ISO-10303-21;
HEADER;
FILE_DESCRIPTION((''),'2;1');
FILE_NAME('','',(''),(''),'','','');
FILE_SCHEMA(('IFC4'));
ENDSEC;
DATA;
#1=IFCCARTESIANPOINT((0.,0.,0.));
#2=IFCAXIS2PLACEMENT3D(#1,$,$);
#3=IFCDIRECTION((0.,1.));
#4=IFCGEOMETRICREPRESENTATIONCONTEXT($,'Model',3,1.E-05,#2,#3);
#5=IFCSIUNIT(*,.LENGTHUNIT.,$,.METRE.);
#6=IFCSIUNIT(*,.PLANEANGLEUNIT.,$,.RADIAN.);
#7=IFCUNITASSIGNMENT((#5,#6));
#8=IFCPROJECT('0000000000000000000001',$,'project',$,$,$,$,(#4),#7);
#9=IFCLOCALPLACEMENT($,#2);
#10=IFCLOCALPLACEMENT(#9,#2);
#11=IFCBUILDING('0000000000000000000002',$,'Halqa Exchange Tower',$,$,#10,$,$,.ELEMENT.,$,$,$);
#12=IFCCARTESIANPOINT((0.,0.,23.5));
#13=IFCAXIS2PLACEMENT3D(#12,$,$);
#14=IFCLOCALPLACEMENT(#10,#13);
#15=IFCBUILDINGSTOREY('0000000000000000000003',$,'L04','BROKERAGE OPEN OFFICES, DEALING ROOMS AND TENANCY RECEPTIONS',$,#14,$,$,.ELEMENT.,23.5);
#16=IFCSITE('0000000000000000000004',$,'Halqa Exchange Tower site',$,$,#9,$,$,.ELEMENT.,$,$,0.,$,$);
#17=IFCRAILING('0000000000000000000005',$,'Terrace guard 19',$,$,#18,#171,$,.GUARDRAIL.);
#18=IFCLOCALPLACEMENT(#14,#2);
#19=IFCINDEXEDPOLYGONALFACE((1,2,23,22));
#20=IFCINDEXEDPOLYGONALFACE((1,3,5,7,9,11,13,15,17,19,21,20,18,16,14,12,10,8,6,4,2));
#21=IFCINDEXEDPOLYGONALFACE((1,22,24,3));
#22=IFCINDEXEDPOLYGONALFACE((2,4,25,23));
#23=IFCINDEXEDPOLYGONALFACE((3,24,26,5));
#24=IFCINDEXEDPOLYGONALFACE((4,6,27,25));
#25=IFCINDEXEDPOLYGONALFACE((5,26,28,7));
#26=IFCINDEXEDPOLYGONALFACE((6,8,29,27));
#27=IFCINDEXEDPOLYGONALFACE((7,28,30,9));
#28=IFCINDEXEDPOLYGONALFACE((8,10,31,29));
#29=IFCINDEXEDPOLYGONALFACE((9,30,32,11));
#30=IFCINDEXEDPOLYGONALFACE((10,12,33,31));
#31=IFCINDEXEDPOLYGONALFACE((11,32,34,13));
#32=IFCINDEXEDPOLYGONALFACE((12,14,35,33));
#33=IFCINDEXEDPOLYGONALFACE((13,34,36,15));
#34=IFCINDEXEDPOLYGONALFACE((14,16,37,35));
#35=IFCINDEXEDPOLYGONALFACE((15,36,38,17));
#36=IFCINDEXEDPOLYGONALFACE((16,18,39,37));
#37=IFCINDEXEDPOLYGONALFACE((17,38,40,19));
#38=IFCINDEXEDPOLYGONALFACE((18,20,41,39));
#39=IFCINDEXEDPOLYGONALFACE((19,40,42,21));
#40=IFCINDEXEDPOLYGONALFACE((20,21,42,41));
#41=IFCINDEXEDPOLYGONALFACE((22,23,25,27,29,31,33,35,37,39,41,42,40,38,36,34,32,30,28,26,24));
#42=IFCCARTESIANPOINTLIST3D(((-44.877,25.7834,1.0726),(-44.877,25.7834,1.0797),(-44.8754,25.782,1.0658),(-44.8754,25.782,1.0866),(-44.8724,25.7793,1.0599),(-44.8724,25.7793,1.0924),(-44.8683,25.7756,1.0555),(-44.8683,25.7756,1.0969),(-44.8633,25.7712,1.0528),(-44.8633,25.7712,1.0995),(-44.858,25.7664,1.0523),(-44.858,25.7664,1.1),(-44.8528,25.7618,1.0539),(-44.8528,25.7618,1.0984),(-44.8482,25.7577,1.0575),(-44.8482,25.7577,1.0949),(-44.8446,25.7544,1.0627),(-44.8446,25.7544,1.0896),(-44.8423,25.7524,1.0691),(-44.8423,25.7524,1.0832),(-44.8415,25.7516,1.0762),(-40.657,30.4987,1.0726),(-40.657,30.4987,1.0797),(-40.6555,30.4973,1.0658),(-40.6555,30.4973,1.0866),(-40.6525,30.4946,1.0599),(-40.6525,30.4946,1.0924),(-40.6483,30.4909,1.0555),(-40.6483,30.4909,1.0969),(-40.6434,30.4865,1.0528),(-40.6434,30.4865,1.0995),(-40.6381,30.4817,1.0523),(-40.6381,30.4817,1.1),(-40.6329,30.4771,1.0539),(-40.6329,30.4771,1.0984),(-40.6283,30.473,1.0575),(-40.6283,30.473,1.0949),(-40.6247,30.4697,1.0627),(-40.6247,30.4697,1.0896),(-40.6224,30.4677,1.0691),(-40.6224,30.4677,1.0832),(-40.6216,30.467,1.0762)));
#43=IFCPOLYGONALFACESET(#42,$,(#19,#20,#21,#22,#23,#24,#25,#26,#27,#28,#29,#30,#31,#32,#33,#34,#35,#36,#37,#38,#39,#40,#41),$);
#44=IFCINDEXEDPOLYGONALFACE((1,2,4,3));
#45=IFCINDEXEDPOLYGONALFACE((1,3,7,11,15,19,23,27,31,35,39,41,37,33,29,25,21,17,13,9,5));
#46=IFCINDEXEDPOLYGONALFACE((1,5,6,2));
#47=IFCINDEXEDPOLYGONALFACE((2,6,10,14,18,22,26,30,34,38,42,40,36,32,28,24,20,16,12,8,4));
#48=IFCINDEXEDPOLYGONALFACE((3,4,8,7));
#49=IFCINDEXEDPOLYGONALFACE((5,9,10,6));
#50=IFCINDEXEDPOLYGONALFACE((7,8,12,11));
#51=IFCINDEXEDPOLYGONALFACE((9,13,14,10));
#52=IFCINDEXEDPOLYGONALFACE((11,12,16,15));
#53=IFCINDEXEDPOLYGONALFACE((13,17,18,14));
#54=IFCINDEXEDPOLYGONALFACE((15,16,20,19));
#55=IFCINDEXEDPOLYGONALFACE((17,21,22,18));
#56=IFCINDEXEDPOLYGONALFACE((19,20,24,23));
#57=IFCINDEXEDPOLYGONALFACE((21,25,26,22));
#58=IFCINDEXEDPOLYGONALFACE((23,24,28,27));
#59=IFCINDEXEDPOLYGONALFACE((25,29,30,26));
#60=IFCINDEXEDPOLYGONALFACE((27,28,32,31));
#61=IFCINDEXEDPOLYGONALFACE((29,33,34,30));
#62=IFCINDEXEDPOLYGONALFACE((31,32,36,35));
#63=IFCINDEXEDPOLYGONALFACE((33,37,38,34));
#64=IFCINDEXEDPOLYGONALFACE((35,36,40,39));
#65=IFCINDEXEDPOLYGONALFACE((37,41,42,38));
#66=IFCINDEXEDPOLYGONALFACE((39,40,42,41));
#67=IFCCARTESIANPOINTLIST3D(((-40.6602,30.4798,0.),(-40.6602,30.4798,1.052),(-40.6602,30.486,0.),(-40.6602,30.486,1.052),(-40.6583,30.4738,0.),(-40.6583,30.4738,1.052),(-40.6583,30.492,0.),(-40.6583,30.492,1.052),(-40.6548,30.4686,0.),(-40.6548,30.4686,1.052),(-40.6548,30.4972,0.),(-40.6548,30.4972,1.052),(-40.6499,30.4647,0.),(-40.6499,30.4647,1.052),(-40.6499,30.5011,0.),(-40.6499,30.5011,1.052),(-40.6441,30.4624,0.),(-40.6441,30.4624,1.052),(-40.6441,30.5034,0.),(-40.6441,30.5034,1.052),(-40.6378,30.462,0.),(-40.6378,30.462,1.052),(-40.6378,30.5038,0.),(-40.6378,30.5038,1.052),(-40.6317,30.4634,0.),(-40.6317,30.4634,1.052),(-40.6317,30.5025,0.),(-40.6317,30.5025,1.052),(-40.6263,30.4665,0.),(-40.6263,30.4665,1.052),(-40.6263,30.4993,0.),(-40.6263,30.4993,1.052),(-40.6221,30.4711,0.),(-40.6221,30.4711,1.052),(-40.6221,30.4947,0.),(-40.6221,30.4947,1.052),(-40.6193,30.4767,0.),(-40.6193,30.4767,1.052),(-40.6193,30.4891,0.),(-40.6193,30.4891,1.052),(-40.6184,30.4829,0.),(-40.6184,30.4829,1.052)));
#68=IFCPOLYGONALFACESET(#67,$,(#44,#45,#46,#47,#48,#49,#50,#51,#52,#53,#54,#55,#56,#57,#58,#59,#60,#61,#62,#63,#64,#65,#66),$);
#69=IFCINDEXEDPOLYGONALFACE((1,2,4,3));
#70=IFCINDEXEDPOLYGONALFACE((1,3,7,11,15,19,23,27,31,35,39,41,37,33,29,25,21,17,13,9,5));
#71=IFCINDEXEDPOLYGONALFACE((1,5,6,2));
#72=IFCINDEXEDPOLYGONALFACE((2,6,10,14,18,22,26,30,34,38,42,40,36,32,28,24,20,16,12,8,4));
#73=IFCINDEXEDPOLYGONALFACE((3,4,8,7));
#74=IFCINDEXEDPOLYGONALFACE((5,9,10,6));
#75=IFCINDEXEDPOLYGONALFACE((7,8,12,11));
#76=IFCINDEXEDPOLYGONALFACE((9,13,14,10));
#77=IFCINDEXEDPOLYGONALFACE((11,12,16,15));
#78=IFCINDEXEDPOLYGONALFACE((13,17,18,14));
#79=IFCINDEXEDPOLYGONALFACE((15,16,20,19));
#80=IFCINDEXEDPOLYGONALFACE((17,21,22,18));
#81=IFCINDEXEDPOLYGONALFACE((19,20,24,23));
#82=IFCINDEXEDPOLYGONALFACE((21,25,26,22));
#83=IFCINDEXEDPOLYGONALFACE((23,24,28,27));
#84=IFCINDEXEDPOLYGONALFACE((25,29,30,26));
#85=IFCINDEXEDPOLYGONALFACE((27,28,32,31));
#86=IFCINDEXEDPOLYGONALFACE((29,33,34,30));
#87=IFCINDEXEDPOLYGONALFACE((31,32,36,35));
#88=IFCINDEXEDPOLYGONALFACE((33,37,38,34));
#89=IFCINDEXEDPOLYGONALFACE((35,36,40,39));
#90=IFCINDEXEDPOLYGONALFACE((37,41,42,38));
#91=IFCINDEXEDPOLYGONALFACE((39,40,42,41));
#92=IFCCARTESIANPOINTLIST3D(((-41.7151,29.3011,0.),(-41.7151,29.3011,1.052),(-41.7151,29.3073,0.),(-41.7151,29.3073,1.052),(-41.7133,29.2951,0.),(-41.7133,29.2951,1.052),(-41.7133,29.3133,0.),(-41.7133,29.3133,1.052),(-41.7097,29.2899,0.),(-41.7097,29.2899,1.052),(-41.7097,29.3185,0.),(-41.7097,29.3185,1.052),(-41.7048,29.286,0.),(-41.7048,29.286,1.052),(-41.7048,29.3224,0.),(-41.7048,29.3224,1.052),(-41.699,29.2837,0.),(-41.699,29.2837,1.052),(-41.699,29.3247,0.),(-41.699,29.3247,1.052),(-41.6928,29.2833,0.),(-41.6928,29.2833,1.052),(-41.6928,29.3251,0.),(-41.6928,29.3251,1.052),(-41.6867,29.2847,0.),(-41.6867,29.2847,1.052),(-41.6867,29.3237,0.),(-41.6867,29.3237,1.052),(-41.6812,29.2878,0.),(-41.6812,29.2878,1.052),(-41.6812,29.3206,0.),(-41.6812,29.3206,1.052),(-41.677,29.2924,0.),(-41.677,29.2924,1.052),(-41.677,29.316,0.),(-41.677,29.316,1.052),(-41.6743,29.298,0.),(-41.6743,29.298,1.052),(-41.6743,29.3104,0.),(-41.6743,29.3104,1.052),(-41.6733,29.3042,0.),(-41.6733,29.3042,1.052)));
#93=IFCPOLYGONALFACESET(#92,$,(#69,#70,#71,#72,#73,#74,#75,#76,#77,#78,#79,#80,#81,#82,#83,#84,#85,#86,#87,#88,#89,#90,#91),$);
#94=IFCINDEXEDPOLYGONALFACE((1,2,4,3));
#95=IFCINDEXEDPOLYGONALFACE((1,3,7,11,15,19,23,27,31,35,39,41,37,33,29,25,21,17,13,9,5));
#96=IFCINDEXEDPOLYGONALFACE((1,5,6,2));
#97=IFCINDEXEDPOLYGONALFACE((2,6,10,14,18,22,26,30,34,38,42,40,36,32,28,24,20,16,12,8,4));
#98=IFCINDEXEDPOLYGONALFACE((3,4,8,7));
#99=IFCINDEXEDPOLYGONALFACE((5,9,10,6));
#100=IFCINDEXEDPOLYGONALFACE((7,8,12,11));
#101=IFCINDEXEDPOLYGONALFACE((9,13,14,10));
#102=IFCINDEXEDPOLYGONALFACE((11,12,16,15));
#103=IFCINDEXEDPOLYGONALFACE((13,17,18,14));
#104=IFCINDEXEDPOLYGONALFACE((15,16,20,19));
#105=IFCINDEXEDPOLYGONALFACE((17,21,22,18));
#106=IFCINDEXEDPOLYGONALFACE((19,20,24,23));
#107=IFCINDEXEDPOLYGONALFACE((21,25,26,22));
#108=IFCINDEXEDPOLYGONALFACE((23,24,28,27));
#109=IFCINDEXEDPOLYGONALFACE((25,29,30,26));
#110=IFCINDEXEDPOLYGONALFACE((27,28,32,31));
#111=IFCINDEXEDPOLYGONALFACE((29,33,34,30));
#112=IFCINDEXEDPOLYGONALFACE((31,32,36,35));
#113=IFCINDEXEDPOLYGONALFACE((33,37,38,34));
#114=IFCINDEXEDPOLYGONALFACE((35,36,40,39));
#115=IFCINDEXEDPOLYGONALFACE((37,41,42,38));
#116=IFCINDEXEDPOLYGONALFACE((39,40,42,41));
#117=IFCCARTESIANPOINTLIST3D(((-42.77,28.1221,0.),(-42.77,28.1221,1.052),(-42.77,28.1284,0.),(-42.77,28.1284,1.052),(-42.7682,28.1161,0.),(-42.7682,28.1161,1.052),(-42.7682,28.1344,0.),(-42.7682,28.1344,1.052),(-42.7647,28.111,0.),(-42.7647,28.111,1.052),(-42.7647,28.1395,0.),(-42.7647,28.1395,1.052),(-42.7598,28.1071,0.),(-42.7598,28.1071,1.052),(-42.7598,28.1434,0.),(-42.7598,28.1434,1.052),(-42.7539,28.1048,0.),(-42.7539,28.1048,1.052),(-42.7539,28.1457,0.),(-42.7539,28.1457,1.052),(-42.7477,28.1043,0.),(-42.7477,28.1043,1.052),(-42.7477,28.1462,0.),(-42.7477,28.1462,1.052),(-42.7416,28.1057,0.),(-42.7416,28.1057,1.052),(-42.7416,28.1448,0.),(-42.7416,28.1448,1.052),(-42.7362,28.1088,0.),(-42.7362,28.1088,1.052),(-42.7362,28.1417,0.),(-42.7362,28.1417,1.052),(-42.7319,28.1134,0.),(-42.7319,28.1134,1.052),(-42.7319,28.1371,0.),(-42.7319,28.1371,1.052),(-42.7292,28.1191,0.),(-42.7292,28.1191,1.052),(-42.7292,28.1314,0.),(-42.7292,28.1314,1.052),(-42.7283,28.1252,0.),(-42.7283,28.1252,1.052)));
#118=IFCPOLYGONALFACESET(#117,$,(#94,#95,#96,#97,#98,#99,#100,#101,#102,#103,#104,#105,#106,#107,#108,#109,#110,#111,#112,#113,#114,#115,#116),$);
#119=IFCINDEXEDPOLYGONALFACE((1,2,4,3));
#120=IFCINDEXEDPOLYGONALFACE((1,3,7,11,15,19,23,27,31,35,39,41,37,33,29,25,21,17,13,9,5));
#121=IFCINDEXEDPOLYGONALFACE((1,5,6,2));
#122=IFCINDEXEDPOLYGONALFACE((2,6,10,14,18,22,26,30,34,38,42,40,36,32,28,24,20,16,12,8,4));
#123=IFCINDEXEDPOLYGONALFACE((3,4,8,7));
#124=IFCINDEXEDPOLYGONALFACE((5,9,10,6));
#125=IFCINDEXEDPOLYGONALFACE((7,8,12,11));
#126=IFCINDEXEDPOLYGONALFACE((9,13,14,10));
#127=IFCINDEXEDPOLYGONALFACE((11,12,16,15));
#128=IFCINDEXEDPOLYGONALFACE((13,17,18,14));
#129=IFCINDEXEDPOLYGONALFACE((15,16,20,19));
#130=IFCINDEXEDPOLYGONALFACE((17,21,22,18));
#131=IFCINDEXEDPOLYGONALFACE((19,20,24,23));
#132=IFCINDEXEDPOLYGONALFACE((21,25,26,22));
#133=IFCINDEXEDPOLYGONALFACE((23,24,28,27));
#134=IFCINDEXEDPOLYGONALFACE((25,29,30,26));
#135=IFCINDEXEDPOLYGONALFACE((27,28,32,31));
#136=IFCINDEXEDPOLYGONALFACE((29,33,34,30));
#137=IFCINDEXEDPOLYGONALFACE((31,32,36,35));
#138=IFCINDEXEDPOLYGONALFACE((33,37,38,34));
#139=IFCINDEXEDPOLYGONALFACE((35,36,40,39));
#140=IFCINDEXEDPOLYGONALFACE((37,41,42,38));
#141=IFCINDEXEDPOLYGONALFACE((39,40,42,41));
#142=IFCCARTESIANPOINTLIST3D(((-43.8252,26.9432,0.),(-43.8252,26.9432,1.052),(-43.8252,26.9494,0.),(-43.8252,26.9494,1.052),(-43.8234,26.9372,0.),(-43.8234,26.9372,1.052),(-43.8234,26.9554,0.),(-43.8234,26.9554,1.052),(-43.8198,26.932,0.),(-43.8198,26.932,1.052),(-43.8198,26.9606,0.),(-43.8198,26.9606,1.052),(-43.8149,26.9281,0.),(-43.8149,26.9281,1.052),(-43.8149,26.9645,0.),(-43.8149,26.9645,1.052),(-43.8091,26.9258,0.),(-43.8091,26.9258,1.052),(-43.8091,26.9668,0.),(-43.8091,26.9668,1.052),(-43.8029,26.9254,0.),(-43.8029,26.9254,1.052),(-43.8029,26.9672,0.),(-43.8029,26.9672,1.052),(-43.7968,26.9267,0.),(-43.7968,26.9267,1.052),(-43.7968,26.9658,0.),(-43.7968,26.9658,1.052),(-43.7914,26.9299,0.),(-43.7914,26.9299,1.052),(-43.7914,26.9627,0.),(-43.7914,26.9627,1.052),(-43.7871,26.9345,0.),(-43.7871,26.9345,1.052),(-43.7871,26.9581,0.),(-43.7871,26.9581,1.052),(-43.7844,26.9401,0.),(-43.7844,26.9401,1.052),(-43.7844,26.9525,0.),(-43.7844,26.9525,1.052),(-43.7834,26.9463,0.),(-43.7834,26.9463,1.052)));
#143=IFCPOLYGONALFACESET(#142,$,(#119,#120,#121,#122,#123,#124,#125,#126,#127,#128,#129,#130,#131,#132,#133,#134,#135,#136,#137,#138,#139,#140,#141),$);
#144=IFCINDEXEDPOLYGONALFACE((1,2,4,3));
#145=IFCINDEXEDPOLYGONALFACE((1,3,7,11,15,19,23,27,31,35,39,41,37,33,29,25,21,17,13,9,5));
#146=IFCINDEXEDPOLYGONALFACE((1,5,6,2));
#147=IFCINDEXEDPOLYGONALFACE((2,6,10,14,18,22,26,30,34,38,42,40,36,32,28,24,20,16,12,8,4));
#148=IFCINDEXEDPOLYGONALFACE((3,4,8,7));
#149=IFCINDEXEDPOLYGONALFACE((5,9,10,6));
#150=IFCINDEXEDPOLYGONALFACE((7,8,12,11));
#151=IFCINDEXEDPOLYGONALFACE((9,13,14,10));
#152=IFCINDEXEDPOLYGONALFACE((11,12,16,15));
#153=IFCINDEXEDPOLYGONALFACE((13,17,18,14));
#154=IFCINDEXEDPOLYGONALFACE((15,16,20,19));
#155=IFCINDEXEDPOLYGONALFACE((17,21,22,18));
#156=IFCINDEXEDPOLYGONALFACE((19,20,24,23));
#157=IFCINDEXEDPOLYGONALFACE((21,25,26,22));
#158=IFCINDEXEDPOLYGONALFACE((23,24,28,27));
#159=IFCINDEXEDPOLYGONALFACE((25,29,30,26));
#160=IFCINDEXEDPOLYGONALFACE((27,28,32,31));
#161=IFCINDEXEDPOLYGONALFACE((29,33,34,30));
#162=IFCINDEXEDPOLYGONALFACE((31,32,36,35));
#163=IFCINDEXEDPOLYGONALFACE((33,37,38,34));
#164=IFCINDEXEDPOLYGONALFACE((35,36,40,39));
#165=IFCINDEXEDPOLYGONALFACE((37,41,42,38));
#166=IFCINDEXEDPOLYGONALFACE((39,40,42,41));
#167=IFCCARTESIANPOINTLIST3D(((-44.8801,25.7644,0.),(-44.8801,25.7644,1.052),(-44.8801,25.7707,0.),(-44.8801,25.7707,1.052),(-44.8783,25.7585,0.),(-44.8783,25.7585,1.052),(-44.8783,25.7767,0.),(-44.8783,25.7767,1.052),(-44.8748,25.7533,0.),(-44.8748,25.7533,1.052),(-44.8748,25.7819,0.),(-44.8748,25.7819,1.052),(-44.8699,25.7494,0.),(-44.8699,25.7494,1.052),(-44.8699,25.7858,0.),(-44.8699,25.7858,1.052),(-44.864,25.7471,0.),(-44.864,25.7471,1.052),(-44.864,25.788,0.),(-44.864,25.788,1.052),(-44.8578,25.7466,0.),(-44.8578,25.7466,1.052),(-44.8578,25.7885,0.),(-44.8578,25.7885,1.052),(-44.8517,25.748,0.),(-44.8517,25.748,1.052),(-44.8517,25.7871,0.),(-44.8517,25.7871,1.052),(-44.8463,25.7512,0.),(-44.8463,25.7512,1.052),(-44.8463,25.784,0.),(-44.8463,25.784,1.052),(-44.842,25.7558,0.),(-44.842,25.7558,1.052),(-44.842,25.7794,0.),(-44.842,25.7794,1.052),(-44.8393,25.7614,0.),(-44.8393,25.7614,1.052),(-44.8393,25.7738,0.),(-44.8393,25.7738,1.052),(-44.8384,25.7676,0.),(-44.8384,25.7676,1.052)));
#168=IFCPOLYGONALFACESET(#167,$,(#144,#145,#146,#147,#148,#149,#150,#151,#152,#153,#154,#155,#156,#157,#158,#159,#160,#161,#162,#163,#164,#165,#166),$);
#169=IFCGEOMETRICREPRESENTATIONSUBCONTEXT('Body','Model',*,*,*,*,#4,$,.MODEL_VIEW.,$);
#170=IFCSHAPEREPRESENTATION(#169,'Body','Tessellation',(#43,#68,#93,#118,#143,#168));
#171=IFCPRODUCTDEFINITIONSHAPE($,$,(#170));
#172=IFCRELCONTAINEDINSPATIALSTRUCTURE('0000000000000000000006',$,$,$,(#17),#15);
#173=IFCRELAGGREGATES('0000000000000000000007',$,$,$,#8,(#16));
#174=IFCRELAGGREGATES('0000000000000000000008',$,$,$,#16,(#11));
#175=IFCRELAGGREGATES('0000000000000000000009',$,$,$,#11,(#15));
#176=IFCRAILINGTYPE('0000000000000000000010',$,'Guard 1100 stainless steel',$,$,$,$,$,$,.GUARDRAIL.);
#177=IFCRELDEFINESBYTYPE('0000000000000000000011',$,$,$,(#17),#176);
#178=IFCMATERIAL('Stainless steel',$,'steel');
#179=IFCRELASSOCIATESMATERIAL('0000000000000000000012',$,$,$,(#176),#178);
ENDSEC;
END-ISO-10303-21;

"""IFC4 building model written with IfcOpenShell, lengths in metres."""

from ifc_helpers import new_model, si_unit, direction, frame, origin, origin_2d, place, context, subcontext, project, spatial, circle, extrude, material, type_object, element, save


model = new_model("IFC4")

# Units and contexts
model_context = context("Model", 3, precision=1e-05, world=origin(), true_north=direction((0.0, 1.0)))
body_context = subcontext(model_context, "Body", "Model", "MODEL_VIEW")
ifc_project = project(units=[si_unit("LENGTHUNIT", "METRE"), si_unit("PLANEANGLEUNIT", "RADIAN")], contexts=[model_context])

# Site, building, storey
site_placement = place(None, origin())
site = spatial("IfcSite", under=ifc_project, at=site_placement, Name="Halqa Exchange Tower site", CompositionType="ELEMENT", RefElevation=0.0)
building_placement = place(site_placement, origin())
building = spatial("IfcBuilding", under=site, at=building_placement, Name="Halqa Exchange Tower", CompositionType="ELEMENT")
storey_placement = place(building_placement, frame((0.0, 0.0, 23.5)))
storey = spatial("IfcBuildingStorey", under=building, at=storey_placement, Name="L04", Description="BROKERAGE OPEN OFFICES, DEALING ROOMS AND TENANCY RECEPTIONS", CompositionType="ELEMENT", Elevation=23.5)

# Railing
ifc_material_1 = material(Name="Stainless steel", Category="steel")
railing_type = type_object("IfcRailingType", Name="Guard 1100 stainless steel", PredefinedType="GUARDRAIL", material=ifc_material_1)
railing_1_placement = place(storey_placement, frame((-40.6394, 30.4829, 0.0)))
element("IfcRailing", 1, at=railing_1_placement, inside=storey, type_object=railing_type, Name="Terrace guard 19", PredefinedType="GUARDRAIL", context=body_context, shape_type="SweptSolid", body=[
    extrude(circle(Radius=0.0239, at=origin_2d()), frame((0.0, 0.0, 1.0762), z_axis=(-0.666882, -0.745164, 0.0), x_axis=(0.745164, -0.666882, 0.0)), (0.0, 0.0, 1.0), 6.3279),
    extrude(circle(Radius=0.021, at=origin_2d()), origin(), (0.0, 0.0, 1.0), 1.052),
    extrude(circle(Radius=0.021, at=origin_2d()), frame((-1.0549, -1.1787, 0.0)), (0.0, 0.0, 1.0), 1.052),
    extrude(circle(Radius=0.021, at=origin_2d()), frame((-2.1099, -2.3577, 0.0)), (0.0, 0.0, 1.0), 1.052),
    extrude(circle(Radius=0.021, at=origin_2d()), frame((-3.165, -3.5366, 0.0)), (0.0, 0.0, 1.0), 1.052),
    extrude(circle(Radius=0.021, at=origin_2d()), frame((-4.22, -4.7153, 0.0)), (0.0, 0.0, 1.0), 1.052),
])

save(model, "model.ifc")
